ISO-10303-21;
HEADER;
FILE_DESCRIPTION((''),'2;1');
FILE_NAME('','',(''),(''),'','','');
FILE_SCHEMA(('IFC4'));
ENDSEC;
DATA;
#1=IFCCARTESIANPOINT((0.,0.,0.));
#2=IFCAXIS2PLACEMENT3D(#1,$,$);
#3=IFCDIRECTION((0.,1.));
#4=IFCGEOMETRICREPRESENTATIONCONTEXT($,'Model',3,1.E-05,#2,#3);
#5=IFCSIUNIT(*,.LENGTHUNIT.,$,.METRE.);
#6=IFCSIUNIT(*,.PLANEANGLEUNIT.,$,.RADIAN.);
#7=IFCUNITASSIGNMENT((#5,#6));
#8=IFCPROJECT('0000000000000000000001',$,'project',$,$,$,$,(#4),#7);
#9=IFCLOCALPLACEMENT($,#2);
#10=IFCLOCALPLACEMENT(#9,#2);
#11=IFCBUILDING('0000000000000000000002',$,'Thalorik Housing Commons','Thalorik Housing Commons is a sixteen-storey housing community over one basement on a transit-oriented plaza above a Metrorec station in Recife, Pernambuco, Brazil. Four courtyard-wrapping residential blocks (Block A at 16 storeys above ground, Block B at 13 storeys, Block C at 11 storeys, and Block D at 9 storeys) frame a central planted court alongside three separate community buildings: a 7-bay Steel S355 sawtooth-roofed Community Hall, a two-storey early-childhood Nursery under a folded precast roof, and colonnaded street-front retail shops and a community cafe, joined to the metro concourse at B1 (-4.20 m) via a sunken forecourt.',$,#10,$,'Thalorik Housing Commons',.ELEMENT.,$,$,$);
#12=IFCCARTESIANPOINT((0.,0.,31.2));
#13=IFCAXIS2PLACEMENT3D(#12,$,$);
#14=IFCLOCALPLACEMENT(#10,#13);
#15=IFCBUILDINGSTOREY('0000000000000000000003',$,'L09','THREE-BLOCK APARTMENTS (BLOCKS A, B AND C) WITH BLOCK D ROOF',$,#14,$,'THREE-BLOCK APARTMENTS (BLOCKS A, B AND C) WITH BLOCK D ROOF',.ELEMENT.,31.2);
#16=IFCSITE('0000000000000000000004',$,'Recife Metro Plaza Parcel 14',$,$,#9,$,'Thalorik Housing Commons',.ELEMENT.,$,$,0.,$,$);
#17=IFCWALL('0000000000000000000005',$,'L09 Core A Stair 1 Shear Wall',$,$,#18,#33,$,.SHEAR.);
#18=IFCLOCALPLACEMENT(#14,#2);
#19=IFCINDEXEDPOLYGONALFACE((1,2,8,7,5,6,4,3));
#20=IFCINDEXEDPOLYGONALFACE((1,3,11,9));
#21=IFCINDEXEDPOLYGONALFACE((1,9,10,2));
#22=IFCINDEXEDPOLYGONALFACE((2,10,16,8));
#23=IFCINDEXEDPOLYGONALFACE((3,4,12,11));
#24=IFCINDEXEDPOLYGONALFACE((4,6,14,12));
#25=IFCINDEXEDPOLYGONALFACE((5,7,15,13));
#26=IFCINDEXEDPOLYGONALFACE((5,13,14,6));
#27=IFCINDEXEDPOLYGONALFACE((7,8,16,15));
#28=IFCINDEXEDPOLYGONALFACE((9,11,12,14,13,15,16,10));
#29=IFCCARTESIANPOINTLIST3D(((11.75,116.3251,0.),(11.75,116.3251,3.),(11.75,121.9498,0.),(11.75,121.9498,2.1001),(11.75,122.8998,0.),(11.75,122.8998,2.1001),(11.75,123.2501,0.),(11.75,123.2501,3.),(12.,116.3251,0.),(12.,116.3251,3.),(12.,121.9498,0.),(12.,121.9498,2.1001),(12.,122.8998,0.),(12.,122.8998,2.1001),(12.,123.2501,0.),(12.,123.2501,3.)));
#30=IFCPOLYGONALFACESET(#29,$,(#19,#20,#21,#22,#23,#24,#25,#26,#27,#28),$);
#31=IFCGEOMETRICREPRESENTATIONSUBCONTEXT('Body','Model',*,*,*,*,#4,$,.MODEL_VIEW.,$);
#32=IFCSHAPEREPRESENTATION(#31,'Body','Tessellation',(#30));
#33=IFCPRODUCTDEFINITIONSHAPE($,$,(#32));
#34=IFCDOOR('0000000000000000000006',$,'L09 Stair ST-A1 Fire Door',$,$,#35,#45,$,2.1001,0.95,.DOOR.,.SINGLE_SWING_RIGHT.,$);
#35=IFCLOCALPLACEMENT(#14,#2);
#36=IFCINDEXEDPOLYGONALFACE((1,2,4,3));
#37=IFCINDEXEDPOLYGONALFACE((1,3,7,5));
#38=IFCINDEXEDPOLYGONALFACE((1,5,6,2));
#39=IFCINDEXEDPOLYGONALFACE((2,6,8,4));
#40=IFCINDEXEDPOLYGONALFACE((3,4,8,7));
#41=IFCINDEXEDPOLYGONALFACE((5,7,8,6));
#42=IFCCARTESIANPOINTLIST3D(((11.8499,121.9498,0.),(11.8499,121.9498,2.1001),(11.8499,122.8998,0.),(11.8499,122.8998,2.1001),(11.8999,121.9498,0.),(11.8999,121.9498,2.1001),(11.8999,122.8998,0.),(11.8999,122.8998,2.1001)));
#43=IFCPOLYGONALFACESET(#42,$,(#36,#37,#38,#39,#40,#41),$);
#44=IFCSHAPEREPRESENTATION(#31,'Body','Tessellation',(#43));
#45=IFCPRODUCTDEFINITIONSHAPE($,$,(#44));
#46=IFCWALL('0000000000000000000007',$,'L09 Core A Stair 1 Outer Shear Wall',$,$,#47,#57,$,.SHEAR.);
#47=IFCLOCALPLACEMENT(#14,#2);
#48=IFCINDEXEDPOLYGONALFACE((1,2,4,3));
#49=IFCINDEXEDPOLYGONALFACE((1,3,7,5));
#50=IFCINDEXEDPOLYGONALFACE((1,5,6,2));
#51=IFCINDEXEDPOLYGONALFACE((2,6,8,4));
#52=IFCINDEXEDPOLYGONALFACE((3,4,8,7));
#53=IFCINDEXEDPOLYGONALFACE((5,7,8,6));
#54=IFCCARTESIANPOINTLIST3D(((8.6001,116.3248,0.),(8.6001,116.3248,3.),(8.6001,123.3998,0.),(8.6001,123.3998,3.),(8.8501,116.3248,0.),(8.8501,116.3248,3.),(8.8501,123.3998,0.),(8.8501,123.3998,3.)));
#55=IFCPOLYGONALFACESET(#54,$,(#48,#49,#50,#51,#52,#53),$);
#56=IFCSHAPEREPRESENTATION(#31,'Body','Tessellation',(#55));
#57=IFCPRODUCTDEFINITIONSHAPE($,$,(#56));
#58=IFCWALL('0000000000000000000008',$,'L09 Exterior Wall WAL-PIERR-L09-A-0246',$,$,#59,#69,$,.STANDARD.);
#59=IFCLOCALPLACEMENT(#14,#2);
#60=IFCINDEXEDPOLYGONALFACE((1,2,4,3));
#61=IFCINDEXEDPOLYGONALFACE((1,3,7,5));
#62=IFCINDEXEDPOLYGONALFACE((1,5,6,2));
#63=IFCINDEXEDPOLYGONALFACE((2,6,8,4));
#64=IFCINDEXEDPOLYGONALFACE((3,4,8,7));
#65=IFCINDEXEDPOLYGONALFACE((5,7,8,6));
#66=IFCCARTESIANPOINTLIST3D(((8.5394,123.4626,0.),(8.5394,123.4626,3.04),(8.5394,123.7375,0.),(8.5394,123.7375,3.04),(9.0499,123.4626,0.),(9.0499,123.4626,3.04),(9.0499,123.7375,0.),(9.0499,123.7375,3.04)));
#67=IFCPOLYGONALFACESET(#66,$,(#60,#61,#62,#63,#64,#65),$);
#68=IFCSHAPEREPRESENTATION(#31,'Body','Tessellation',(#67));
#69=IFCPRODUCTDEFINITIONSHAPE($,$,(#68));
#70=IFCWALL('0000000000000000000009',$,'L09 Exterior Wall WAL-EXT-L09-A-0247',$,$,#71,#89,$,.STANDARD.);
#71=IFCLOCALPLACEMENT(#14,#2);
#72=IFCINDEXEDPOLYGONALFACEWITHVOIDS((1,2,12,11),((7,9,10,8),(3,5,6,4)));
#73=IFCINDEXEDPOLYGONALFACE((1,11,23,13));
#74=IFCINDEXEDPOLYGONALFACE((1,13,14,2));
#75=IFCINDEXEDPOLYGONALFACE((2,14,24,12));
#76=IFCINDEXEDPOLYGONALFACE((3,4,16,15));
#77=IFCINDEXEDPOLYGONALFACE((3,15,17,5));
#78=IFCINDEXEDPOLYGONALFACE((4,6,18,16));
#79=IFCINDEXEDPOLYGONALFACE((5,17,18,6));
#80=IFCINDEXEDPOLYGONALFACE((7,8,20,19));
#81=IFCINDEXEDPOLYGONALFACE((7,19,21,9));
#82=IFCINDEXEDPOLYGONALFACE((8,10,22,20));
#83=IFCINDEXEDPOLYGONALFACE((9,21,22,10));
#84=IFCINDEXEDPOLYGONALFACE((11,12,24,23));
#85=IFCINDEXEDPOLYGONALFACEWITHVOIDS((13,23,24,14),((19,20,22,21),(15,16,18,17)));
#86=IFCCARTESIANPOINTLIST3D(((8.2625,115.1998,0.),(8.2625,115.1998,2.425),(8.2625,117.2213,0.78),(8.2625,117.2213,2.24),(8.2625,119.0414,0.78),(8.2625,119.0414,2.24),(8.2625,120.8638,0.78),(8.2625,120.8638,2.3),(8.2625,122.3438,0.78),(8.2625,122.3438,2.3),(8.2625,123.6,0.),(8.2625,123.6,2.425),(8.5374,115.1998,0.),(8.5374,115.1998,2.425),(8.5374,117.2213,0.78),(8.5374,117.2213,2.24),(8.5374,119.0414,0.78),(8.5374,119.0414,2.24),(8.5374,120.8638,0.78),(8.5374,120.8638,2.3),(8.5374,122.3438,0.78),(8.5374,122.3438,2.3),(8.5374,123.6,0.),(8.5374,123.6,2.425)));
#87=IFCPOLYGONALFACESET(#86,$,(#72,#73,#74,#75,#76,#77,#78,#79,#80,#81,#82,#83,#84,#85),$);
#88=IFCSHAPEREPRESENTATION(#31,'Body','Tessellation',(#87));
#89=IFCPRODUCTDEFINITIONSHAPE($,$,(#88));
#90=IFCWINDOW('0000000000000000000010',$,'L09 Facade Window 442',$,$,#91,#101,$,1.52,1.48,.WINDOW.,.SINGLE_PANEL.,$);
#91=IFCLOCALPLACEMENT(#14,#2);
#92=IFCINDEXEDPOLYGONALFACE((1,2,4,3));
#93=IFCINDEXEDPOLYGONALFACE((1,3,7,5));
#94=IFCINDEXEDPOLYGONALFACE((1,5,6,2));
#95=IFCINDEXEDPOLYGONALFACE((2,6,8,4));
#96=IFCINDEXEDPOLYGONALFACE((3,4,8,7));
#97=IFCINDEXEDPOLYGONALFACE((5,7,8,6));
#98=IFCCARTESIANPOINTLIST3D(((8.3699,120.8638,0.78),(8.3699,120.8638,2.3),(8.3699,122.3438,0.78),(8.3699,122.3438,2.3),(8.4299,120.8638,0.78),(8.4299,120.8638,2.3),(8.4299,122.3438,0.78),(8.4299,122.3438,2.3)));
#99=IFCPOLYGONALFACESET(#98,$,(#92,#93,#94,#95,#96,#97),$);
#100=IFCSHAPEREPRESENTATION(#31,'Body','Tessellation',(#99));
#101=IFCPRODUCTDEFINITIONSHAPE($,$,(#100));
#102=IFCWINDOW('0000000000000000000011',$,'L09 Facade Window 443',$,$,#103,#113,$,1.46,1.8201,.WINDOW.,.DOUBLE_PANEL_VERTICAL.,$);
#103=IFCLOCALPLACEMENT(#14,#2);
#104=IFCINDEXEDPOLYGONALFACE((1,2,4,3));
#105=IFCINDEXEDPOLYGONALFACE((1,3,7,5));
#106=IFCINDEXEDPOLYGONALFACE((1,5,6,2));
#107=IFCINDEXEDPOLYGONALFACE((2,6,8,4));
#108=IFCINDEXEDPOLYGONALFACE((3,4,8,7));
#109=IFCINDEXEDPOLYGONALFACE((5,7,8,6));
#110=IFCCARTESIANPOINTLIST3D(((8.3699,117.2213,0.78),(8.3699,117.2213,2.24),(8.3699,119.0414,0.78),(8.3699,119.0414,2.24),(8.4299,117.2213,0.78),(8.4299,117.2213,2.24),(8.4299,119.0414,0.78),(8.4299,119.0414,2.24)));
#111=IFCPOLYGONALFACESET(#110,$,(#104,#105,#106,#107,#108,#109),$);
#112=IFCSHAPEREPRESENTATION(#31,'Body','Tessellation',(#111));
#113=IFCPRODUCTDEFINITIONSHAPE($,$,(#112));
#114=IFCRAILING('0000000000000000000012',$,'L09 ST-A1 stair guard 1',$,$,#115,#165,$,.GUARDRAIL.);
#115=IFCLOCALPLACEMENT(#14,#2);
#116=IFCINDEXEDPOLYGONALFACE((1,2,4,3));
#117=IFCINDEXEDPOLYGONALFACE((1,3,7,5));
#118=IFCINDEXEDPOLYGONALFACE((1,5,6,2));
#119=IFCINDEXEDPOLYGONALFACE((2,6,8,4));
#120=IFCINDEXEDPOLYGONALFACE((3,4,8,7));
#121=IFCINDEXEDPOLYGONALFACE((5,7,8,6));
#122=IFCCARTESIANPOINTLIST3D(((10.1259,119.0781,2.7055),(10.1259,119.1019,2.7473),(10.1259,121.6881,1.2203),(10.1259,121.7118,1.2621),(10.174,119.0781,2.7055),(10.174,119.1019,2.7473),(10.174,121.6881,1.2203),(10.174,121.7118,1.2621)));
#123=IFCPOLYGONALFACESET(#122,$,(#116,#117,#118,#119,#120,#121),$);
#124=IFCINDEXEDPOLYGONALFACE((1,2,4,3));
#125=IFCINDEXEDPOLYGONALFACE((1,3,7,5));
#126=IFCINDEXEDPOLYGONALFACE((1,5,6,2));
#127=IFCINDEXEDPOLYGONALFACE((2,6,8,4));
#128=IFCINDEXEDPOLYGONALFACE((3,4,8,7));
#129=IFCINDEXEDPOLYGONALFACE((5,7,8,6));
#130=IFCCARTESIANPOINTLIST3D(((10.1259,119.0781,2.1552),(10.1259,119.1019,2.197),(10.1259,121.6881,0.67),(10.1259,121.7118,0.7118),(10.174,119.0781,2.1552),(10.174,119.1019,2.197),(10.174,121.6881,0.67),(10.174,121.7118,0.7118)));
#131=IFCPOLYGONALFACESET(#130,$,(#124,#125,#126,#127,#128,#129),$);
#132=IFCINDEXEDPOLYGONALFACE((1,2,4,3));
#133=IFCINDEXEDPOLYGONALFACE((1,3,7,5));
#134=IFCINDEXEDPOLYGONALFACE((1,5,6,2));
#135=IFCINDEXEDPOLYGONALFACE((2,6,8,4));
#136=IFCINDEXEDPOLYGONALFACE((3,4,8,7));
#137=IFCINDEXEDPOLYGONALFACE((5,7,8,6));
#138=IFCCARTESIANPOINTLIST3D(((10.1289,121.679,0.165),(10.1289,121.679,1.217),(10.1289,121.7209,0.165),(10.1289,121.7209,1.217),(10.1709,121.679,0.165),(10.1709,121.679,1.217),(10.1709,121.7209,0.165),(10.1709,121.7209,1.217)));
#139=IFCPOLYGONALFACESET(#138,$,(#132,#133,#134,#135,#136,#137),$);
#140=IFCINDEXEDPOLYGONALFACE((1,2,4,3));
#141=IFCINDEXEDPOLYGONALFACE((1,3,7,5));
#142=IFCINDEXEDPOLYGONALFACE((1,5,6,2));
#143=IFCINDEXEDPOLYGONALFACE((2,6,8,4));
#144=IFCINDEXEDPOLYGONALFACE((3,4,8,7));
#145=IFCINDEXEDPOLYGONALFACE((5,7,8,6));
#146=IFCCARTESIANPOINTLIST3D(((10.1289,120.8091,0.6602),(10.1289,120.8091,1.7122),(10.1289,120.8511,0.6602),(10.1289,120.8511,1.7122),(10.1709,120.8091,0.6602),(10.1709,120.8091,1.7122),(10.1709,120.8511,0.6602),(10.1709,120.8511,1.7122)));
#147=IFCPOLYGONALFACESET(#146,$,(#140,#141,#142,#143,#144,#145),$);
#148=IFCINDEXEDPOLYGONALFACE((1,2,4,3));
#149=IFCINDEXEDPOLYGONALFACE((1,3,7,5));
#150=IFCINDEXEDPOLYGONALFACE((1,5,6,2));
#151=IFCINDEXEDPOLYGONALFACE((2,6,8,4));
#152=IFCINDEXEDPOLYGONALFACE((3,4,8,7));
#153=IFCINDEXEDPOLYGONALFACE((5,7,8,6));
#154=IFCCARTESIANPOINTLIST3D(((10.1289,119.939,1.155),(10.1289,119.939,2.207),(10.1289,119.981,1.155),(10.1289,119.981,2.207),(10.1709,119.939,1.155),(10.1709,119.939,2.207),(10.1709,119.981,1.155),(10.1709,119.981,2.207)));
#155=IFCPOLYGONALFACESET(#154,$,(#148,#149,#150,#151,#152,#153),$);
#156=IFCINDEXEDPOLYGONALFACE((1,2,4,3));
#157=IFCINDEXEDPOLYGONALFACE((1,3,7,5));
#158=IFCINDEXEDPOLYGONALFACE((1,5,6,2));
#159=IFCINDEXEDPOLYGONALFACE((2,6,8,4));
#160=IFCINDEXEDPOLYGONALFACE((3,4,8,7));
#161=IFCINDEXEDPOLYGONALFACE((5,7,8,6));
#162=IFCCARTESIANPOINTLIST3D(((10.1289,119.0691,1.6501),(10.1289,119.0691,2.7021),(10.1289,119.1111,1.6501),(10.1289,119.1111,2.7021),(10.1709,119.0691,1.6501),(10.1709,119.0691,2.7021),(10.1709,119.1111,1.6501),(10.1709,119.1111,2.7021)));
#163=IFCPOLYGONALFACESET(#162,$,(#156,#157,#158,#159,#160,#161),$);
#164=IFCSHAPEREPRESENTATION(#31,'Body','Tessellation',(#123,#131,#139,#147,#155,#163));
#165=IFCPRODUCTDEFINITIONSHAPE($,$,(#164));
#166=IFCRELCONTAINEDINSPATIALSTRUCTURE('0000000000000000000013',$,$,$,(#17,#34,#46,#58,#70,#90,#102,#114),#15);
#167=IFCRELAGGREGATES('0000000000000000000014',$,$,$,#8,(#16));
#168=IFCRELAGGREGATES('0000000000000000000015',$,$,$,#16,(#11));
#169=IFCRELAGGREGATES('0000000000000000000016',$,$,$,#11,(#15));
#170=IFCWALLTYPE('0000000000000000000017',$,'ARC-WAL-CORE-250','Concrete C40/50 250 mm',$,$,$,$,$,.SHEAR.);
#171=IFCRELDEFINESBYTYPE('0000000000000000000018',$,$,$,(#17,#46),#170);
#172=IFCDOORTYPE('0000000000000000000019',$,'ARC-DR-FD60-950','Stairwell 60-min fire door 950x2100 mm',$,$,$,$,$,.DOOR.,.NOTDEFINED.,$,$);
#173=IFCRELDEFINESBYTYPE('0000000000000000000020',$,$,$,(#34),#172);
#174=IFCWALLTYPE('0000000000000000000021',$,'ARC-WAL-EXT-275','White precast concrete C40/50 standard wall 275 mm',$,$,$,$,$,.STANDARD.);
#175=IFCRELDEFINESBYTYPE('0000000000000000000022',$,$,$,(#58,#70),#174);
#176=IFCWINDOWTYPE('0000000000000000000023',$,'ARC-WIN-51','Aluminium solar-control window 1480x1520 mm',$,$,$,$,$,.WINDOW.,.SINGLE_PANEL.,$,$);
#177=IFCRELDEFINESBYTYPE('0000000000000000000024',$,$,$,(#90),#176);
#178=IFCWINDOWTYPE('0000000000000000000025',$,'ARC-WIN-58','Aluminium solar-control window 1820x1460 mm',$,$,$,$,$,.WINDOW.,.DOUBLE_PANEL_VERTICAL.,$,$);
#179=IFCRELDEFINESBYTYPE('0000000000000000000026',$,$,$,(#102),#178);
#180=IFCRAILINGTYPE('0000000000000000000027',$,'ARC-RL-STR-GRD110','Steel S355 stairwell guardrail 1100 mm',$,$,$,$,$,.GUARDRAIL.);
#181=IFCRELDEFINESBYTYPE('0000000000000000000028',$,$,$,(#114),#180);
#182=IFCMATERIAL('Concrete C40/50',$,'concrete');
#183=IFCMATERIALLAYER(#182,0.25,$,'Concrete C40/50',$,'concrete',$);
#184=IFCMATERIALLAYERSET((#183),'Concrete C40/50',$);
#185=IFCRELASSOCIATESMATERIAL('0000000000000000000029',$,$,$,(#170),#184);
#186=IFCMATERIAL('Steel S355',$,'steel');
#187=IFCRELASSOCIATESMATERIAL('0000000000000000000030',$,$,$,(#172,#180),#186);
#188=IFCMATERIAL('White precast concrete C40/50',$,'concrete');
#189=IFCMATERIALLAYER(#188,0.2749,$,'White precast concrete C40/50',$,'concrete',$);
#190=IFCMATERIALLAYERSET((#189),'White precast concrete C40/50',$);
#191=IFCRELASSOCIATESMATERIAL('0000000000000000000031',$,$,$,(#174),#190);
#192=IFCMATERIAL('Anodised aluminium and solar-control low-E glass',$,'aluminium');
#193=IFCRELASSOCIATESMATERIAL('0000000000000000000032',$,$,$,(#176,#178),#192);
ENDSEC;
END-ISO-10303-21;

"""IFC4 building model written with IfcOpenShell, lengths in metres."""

from ifc_helpers import new_model, si_unit, direction, frame, frame_2d, origin, origin_2d, place, context, subcontext, project, spatial, rectangle, extrude, material, layer, layer_set, type_object, element, fill, save


model = new_model("IFC4")

# Units and contexts
model_context = context("Model", 3, precision=1e-05, world=origin(), true_north=direction((0.0, 1.0)))
body_context = subcontext(model_context, "Body", "Model", "MODEL_VIEW")
ifc_project = project(units=[si_unit("LENGTHUNIT", "METRE"), si_unit("PLANEANGLEUNIT", "RADIAN")], contexts=[model_context])

# Site, building, storey
site_placement = place(None, origin())
site = spatial("IfcSite", under=ifc_project, at=site_placement, Name="Recife Metro Plaza Parcel 14", LongName="Thalorik Housing Commons", CompositionType="ELEMENT", RefElevation=0.0)
building_placement = place(site_placement, origin())
building = spatial("IfcBuilding", under=site, at=building_placement, Name="Thalorik Housing Commons", Description="Thalorik Housing Commons is a sixteen-storey housing community over one basement on a transit-oriented plaza above a Metrorec station in Recife, Pernambuco, Brazil. Four courtyard-wrapping residential blocks (Block A at 16 storeys above ground, Block B at 13 storeys, Block C at 11 storeys, and Block D at 9 storeys) frame a central planted court alongside three separate community buildings: a 7-bay Steel S355 sawtooth-roofed Community Hall, a two-storey early-childhood Nursery under a folded precast roof, and colonnaded street-front retail shops and a community cafe, joined to the metro concourse at B1 (-4.20 m) via a sunken forecourt.", LongName="Thalorik Housing Commons", CompositionType="ELEMENT")
storey_placement = place(building_placement, frame((0.0, 0.0, 31.2)))
storey = spatial("IfcBuildingStorey", under=building, at=storey_placement, Name="L09", Description="THREE-BLOCK APARTMENTS (BLOCKS A, B AND C) WITH BLOCK D ROOF", LongName="THREE-BLOCK APARTMENTS (BLOCKS A, B AND C) WITH BLOCK D ROOF", CompositionType="ELEMENT", Elevation=31.2)

# Shared definitions
ifc_material_1 = material(Name="Anodised aluminium and solar-control low-E glass", Category="aluminium")

# Wall, opening, door
ifc_material_2 = material(Name="Concrete C40/50", Category="concrete")
ifc_layer_1 = layer(ifc_material_2, 0.25, Name="Concrete C40/50", Category="concrete")
ifc_layer_set_1 = layer_set([ifc_layer_1], Name="Concrete C40/50")
wall_type_1 = type_object("IfcWallType", Name="ARC-WAL-CORE-250", Description="Concrete C40/50 250 mm", PredefinedType="SHEAR", material=ifc_layer_set_1)
wall_1_placement = place(storey_placement, frame((11.875, 123.25, 0.0), z_axis=(0.0, 0.0, 1.0), x_axis=(0.0, -1.0, 0.0)))
wall_1 = element("IfcWall", 1, at=wall_1_placement, inside=storey, type_object=wall_type_1, Name="L09 Core A Stair 1 Shear Wall", PredefinedType="SHEAR", context=body_context, shape_type="SweptSolid", body=[
    extrude(rectangle(XDim=6.925, YDim=0.25, at=frame_2d((3.4624, 0.0))), origin(), (0.0, 0.0, 1.0), 3.0),
])
opening_1_placement = place(wall_1_placement, frame((0.3501, 0.0, 0.0)))
opening_1 = element("IfcOpeningElement", 2, at=opening_1_placement, cuts=wall_1, PredefinedType="OPENING", context=body_context, shape_type="SweptSolid", body=[
    extrude(rectangle(XDim=0.95, YDim=2.1001, at=frame_2d((0.4751, 1.05))), frame((0.0, 0.135, 0.0), z_axis=(0.0, -1.0, 0.0), x_axis=(1.0, 0.0, 0.0)), (0.0, 0.0, 1.0), 0.27),
])
ifc_material_3 = material(Name="Steel S355", Category="steel")
door_type = type_object("IfcDoorType", Name="ARC-DR-FD60-950", Description="Stairwell 60-min fire door 950x2100 mm", OperationType="NOTDEFINED", PredefinedType="DOOR", material=ifc_material_3)
door_placement = place(opening_1_placement, origin())
door = element("IfcDoor", 3, at=door_placement, inside=storey, type_object=door_type, Name="L09 Stair ST-A1 Fire Door", OperationType="SINGLE_SWING_RIGHT", OverallHeight=2.1001, OverallWidth=0.95, PredefinedType="DOOR", context=body_context, shape_type="SweptSolid", body=[
    extrude(rectangle(XDim=0.95, YDim=2.1001, at=frame_2d((0.4751, 1.05))), frame((0.0, 0.0249, 0.0), z_axis=(0.0, -1.0, 0.0), x_axis=(1.0, 0.0, 0.0)), (0.0, 0.0, 1.0), 0.05),
])
fill(opening_1, door)

# Walls
wall_2_placement = place(storey_placement, frame((8.7251, 123.3999, 0.0), z_axis=(0.0, 0.0, 1.0), x_axis=(0.0, -1.0, 0.0)))
element("IfcWall", 4, at=wall_2_placement, inside=storey, type_object=wall_type_1, Name="L09 Core A Stair 1 Outer Shear Wall", PredefinedType="SHEAR", context=body_context, shape_type="SweptSolid", body=[
    extrude(rectangle(XDim=7.075, YDim=0.25, at=frame_2d((3.5376, 0.0))), origin(), (0.0, 0.0, 1.0), 3.0),
])
ifc_material_4 = material(Name="White precast concrete C40/50", Category="concrete")
ifc_layer_2 = layer(ifc_material_4, 0.2749, Name="White precast concrete C40/50", Category="concrete")
ifc_layer_set_2 = layer_set([ifc_layer_2], Name="White precast concrete C40/50")
wall_type_2 = type_object("IfcWallType", Name="ARC-WAL-EXT-275", Description="White precast concrete C40/50 standard wall 275 mm", PredefinedType="STANDARD", material=ifc_layer_set_2)
wall_3_placement = place(storey_placement, frame((9.05, 123.6001, 0.0), z_axis=(0.0, 0.0, 1.0), x_axis=(-1.0, 0.0, 0.0)))
element("IfcWall", 5, at=wall_3_placement, inside=storey, type_object=wall_type_2, Name="L09 Exterior Wall WAL-PIERR-L09-A-0246", PredefinedType="STANDARD", context=body_context, shape_type="SweptSolid", body=[
    extrude(rectangle(XDim=0.5105, YDim=0.2749, at=frame_2d((0.2554, 0.0))), origin(), (0.0, 0.0, 1.0), 3.04),
])

# Wall, openings, windows
wall_4_placement = place(storey_placement, frame((8.3999, 123.6001, 0.0), z_axis=(0.0, 0.0, 1.0), x_axis=(0.0, -1.0, 0.0)))
wall_4 = element("IfcWall", 6, at=wall_4_placement, inside=storey, type_object=wall_type_2, Name="L09 Exterior Wall WAL-EXT-L09-A-0247", PredefinedType="STANDARD", context=body_context, shape_type="SweptSolid", body=[
    extrude(rectangle(XDim=8.4001, YDim=0.2749, at=frame_2d((4.2002, 0.0))), origin(), (0.0, 0.0, 1.0), 2.425),
])
opening_2_placement = place(wall_4_placement, frame((1.2563, 0.0, 0.78)))
opening_2 = element("IfcOpeningElement", 7, at=opening_2_placement, cuts=wall_4, PredefinedType="OPENING", context=body_context, shape_type="SweptSolid", body=[
    extrude(rectangle(XDim=1.48, YDim=1.52, at=frame_2d((0.74, 0.76))), frame((0.0, 0.1475, 0.0), z_axis=(0.0, -1.0, 0.0), x_axis=(1.0, 0.0, 0.0)), (0.0, 0.0, 1.0), 0.2949),
])
opening_3_placement = place(wall_4_placement, frame((4.5586, 0.0, 0.78)))
opening_3 = element("IfcOpeningElement", 8, at=opening_3_placement, cuts=wall_4, PredefinedType="OPENING", context=body_context, shape_type="SweptSolid", body=[
    extrude(rectangle(XDim=1.8201, YDim=1.46, at=frame_2d((0.9102, 0.73))), frame((0.0, 0.1475, 0.0), z_axis=(0.0, -1.0, 0.0), x_axis=(1.0, 0.0, 0.0)), (0.0, 0.0, 1.0), 0.2949),
])
window_type_1 = type_object("IfcWindowType", Name="ARC-WIN-51", Description="Aluminium solar-control window 1480x1520 mm", PartitioningType="SINGLE_PANEL", PredefinedType="WINDOW", material=ifc_material_1)
window_1_placement = place(opening_2_placement, origin())
window_1 = element("IfcWindow", 9, at=window_1_placement, inside=storey, type_object=window_type_1, Name="L09 Facade Window 442", OverallHeight=1.52, OverallWidth=1.48, PartitioningType="SINGLE_PANEL", PredefinedType="WINDOW", context=body_context, shape_type="SweptSolid", body=[
    extrude(rectangle(XDim=1.48, YDim=1.52, at=frame_2d((0.74, 0.76))), frame((0.0, 0.03, 0.0), z_axis=(0.0, -1.0, 0.0), x_axis=(1.0, 0.0, 0.0)), (0.0, 0.0, 1.0), 0.0601),
])
fill(opening_2, window_1)
window_type_2 = type_object("IfcWindowType", Name="ARC-WIN-58", Description="Aluminium solar-control window 1820x1460 mm", PartitioningType="DOUBLE_PANEL_VERTICAL", PredefinedType="WINDOW", material=ifc_material_1)
window_2_placement = place(opening_3_placement, origin())
window_2 = element("IfcWindow", 10, at=window_2_placement, inside=storey, type_object=window_type_2, Name="L09 Facade Window 443", OverallHeight=1.46, OverallWidth=1.8201, PartitioningType="DOUBLE_PANEL_VERTICAL", PredefinedType="WINDOW", context=body_context, shape_type="SweptSolid", body=[
    extrude(rectangle(XDim=1.8201, YDim=1.46, at=frame_2d((0.9102, 0.73))), frame((0.0, 0.03, 0.0), z_axis=(0.0, -1.0, 0.0), x_axis=(1.0, 0.0, 0.0)), (0.0, 0.0, 1.0), 0.0601),
])
fill(opening_3, window_2)

# Railing
railing_type = type_object("IfcRailingType", Name="ARC-RL-STR-GRD110", Description="Steel S355 stairwell guardrail 1100 mm", PredefinedType="GUARDRAIL", material=ifc_material_3)
railing_1_placement = place(storey_placement, frame((10.1499, 121.7, 0.165)))
element("IfcRailing", 11, at=railing_1_placement, inside=storey, type_object=railing_type, Name="L09 ST-A1 stair guard 1", PredefinedType="GUARDRAIL", context=body_context, shape_type="SweptSolid", body=[
    extrude(rectangle(XDim=0.0481, YDim=0.0481, at=origin_2d()), frame((0.0, 0.0, 1.0762), z_axis=(0.0, -0.869137, 0.494571), x_axis=(1.0, 0.0, 0.0)), (0.0, 0.0, 1.0), 3.0029),
    extrude(rectangle(XDim=0.0481, YDim=0.0481, at=origin_2d()), frame((0.0, 0.0, 0.5259), z_axis=(0.0, -0.869137, 0.494571), x_axis=(1.0, 0.0, 0.0)), (0.0, 0.0, 1.0), 3.0029),
    extrude(rectangle(XDim=0.042, YDim=0.042, at=origin_2d()), origin(), (0.0, 0.0, 1.0), 1.052),
    extrude(rectangle(XDim=0.042, YDim=0.042, at=origin_2d()), frame((0.0, -0.8699, 0.4951)), (0.0, 0.0, 1.0), 1.052),
    extrude(rectangle(XDim=0.042, YDim=0.042, at=origin_2d()), frame((0.0, -1.74, 0.99)), (0.0, 0.0, 1.0), 1.052),
    extrude(rectangle(XDim=0.042, YDim=0.042, at=origin_2d()), frame((0.0, -2.6099, 1.4851)), (0.0, 0.0, 1.0), 1.052),
])

save(model, "model.ifc")
